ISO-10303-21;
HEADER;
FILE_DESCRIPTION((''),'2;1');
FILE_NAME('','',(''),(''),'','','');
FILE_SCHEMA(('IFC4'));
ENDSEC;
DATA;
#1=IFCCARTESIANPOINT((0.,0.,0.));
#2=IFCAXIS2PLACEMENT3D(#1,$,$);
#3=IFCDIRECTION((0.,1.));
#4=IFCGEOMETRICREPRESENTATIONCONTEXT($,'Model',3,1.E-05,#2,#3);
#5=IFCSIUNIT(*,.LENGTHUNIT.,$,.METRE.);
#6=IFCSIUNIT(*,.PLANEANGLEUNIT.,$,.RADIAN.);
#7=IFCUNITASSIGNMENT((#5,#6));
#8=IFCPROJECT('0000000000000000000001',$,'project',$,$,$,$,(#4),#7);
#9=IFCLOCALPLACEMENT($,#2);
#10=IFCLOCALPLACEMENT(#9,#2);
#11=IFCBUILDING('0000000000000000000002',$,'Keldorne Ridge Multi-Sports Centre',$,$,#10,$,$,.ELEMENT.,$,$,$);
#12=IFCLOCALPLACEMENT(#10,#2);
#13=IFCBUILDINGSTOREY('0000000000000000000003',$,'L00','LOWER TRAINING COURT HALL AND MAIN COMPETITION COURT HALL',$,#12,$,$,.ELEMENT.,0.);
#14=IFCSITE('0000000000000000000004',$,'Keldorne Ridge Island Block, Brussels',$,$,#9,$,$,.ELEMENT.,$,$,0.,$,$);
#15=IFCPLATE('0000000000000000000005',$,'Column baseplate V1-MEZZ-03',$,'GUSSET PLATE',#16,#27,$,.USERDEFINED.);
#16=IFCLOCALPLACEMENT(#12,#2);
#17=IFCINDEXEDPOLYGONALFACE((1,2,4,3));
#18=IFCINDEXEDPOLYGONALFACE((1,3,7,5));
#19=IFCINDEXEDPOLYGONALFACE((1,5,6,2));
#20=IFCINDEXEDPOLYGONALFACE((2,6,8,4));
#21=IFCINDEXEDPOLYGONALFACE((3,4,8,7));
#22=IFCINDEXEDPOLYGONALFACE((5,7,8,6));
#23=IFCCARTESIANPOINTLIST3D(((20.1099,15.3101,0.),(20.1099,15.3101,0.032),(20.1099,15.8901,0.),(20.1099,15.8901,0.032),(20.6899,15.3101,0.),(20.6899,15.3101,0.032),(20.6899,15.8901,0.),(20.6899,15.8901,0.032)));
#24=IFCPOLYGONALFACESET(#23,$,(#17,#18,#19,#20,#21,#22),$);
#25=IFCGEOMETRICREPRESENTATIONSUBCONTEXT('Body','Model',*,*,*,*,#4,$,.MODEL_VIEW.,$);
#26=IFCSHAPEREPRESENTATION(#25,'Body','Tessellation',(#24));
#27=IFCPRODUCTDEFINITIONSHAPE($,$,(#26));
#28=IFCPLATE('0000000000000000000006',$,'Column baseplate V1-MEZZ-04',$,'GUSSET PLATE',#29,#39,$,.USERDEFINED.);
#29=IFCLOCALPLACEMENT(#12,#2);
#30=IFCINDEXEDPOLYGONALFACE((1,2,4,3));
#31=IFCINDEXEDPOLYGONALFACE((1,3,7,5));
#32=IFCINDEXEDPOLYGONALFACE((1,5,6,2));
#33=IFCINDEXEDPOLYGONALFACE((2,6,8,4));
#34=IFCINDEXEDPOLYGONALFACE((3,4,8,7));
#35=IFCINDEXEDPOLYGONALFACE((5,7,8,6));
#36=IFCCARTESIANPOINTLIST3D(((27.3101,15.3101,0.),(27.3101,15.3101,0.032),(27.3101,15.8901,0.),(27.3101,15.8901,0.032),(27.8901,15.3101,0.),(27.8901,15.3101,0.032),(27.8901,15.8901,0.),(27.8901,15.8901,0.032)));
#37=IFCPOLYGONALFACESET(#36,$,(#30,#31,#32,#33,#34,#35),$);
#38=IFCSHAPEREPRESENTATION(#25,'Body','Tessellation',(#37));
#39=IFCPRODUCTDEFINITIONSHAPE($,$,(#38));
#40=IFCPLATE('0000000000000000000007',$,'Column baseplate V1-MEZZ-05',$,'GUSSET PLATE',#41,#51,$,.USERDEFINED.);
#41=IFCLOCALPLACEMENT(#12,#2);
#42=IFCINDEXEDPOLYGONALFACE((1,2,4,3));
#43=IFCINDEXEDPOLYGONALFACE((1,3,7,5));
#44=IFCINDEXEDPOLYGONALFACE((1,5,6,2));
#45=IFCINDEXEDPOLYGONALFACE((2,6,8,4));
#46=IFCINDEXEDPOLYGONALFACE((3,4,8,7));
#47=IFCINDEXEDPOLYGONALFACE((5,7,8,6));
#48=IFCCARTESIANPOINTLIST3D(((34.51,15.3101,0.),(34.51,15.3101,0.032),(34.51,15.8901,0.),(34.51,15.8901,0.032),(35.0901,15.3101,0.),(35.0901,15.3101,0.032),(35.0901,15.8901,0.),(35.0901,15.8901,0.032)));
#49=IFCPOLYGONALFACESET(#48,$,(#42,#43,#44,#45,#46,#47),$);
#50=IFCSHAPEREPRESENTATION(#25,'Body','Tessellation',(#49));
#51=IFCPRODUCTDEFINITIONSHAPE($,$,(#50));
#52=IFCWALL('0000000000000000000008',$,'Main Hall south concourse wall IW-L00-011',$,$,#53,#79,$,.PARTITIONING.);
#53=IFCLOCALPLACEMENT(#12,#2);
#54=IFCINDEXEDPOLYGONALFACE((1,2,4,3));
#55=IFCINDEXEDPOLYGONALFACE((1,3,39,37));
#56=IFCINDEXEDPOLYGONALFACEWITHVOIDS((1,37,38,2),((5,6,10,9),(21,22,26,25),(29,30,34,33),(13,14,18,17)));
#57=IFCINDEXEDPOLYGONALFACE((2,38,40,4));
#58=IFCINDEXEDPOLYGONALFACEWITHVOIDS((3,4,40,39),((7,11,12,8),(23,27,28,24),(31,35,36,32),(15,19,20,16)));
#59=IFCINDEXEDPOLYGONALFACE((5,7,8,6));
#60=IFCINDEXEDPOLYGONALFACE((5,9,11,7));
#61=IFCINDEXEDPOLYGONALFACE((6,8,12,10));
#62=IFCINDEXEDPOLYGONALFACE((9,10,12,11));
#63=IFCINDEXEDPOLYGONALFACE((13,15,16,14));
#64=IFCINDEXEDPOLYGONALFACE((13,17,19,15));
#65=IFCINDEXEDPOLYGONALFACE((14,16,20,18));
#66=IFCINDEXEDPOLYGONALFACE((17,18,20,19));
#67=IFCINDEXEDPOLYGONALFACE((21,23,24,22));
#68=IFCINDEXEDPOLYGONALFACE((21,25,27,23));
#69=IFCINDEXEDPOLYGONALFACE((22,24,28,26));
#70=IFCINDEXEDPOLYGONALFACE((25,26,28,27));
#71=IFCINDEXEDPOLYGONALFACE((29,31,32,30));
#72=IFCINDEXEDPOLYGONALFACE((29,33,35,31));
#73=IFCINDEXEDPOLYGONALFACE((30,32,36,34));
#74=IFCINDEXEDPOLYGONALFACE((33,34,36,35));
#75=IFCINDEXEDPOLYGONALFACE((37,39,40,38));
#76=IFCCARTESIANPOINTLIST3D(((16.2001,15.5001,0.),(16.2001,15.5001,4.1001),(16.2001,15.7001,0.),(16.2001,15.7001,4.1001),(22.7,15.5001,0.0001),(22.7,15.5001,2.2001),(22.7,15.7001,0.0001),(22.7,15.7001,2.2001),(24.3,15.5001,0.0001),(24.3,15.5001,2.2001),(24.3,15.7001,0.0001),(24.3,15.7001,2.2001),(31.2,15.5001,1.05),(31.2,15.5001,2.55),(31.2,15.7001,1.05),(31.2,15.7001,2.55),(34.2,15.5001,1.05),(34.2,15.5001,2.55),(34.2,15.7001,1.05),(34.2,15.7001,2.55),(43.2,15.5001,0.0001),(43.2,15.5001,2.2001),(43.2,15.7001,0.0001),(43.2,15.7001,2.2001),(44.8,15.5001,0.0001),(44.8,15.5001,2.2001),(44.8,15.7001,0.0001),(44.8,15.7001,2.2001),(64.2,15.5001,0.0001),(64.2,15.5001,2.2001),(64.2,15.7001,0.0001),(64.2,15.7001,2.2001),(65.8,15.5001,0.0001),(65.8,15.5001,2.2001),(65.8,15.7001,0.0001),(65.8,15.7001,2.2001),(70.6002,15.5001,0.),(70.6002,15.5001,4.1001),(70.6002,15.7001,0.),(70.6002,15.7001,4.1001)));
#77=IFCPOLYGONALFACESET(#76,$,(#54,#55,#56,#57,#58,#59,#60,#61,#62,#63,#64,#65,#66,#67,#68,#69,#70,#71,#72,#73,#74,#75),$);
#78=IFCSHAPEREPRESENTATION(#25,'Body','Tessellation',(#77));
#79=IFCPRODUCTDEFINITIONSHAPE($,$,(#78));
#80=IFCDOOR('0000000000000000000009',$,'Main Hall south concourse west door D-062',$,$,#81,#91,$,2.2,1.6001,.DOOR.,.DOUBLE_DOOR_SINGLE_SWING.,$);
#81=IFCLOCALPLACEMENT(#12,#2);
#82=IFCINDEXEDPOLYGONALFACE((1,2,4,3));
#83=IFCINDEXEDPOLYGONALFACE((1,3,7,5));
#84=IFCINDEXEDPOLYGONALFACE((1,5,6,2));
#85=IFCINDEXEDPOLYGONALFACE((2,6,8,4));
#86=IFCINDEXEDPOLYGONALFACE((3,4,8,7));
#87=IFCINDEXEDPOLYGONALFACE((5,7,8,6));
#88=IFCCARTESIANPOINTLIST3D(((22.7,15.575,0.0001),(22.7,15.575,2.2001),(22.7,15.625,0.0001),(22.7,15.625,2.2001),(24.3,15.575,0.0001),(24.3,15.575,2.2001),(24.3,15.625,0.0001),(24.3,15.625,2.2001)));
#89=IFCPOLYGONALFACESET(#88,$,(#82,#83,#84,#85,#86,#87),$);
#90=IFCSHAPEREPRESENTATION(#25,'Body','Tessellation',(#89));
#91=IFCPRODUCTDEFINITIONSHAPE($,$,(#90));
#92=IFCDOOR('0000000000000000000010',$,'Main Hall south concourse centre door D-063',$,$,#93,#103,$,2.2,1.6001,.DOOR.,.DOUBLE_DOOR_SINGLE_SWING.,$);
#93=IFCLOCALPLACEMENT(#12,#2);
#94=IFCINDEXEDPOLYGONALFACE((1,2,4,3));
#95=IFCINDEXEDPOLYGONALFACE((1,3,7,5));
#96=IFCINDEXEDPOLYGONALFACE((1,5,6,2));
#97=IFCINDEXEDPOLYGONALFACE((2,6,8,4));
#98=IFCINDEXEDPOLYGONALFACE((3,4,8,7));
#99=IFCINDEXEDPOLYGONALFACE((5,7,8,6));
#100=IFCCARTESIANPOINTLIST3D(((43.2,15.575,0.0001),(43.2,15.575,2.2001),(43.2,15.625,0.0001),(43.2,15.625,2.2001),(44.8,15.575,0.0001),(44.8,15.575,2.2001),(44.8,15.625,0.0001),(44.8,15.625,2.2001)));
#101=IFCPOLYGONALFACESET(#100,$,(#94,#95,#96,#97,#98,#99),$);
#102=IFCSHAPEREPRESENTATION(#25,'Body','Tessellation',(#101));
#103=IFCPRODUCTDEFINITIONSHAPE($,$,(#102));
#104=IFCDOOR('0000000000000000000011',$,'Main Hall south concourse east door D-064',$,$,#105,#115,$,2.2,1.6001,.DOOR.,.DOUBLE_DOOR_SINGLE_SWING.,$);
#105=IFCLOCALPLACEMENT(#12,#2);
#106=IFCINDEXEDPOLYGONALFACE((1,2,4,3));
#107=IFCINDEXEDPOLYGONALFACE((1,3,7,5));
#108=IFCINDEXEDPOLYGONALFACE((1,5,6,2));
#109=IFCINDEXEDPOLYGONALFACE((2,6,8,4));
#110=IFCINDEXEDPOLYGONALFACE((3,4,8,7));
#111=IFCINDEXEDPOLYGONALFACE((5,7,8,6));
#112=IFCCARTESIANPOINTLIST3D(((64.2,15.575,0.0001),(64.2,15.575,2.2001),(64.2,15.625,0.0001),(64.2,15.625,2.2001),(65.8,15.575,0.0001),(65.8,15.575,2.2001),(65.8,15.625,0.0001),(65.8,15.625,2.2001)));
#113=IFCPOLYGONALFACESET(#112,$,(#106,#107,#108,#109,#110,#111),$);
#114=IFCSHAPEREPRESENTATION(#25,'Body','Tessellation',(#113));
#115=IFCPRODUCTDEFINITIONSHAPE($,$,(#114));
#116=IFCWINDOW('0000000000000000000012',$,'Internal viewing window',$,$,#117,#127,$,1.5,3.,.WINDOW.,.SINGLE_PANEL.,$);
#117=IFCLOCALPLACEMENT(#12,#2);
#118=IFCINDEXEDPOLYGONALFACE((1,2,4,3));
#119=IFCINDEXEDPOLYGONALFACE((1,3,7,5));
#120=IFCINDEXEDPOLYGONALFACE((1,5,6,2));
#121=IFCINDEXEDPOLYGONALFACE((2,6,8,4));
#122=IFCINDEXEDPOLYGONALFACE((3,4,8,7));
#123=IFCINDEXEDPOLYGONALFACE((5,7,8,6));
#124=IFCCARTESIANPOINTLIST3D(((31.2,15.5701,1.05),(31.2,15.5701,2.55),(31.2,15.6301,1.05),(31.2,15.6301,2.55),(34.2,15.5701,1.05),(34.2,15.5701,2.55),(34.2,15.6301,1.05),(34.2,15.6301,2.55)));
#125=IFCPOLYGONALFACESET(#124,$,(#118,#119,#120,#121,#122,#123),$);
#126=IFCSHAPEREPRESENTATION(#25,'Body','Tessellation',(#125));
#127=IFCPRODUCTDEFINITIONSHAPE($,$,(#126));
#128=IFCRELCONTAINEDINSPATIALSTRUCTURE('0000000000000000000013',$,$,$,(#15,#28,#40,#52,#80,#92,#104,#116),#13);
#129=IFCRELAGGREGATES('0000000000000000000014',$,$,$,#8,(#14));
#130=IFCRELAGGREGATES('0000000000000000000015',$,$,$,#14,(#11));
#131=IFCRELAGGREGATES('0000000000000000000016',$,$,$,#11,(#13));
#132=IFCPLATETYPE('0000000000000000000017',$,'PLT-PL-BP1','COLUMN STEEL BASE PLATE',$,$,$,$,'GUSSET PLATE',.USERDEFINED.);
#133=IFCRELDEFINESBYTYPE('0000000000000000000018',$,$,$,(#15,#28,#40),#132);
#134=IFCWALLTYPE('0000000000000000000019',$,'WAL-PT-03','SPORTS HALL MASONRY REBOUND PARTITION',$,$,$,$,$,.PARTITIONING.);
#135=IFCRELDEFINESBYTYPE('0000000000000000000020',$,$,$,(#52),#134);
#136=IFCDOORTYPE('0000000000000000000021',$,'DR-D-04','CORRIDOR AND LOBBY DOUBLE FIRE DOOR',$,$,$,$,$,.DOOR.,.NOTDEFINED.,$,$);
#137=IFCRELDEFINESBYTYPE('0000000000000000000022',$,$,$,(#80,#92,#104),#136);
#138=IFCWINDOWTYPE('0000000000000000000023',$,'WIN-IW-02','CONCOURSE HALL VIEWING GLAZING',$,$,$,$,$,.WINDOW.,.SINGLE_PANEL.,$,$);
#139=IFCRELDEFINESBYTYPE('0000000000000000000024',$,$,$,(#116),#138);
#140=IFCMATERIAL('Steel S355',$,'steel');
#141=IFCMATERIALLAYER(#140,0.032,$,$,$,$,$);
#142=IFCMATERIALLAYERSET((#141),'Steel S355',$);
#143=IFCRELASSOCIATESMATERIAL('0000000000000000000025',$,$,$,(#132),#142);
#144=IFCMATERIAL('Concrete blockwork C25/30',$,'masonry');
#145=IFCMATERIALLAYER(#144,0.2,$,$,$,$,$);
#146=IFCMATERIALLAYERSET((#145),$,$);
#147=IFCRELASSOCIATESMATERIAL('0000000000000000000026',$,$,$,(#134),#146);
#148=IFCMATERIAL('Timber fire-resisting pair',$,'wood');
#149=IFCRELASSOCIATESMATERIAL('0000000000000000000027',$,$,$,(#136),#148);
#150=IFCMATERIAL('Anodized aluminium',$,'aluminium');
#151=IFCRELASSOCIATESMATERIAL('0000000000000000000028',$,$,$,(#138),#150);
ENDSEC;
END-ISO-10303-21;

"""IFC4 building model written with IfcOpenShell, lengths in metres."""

from ifc_helpers import new_model, si_unit, direction, frame, frame_2d, origin, origin_2d, place, context, subcontext, project, spatial, rectangle, extrude, material, layer, layer_set, type_object, element, fill, save


model = new_model("IFC4")

# Units and contexts
model_context = context("Model", 3, precision=1e-05, world=origin(), true_north=direction((0.0, 1.0)))
body_context = subcontext(model_context, "Body", "Model", "MODEL_VIEW")
ifc_project = project(units=[si_unit("LENGTHUNIT", "METRE"), si_unit("PLANEANGLEUNIT", "RADIAN")], contexts=[model_context])

# Site, building, storey
site_placement = place(None, origin())
site = spatial("IfcSite", under=ifc_project, at=site_placement, Name="Keldorne Ridge Island Block, Brussels", CompositionType="ELEMENT", RefElevation=0.0)
building_placement = place(site_placement, origin())
building = spatial("IfcBuilding", under=site, at=building_placement, Name="Keldorne Ridge Multi-Sports Centre", CompositionType="ELEMENT")
storey_placement = place(building_placement, origin())
storey = spatial("IfcBuildingStorey", under=building, at=storey_placement, Name="L00", Description="LOWER TRAINING COURT HALL AND MAIN COMPETITION COURT HALL", CompositionType="ELEMENT", Elevation=0.0)

# Shared definitions
ifc_material_1 = material(Name="Steel S355", Category="steel")

# Plates
ifc_layer_1 = layer(ifc_material_1, 0.032)
ifc_layer_set_1 = layer_set([ifc_layer_1], Name="Steel S355")
plate_type = type_object("IfcPlateType", Name="PLT-PL-BP1", Description="COLUMN STEEL BASE PLATE", ElementType="GUSSET PLATE", PredefinedType="USERDEFINED", material=ifc_layer_set_1)
for number, where, z_axis, x_axis, name in (
    (1, (20.3999, 15.6001, 0.0), (0.0, 0.0, 1.0), (1.0, 0.0, 0.0), "Column baseplate V1-MEZZ-03"),
    (2, (27.6001, 15.6001, 0.0), (0.0, 0.0, 1.0), (1.0, 0.0, 0.0), "Column baseplate V1-MEZZ-04"),
    (3, (34.8, 15.6001, 0.0), (0.0, 0.0, 1.0), (1.0, 0.0, 0.0), "Column baseplate V1-MEZZ-05"),
):
    element("IfcPlate", number, at=place(storey_placement, frame(where, z_axis=z_axis, x_axis=x_axis)), inside=storey, type_object=plate_type, Name=name, ObjectType="GUSSET PLATE", PredefinedType="USERDEFINED", context=body_context, shape_type="SweptSolid", body=[
        extrude(rectangle(XDim=0.5801, YDim=0.5801, at=origin_2d()), origin(), (0.0, 0.0, 1.0), 0.032),
    ])

# Wall, openings, doors, window
ifc_material_2 = material(Name="Concrete blockwork C25/30", Category="masonry")
ifc_layer_2 = layer(ifc_material_2, 0.2)
ifc_layer_set_2 = layer_set([ifc_layer_2])
wall_type = type_object("IfcWallType", Name="WAL-PT-03", Description="SPORTS HALL MASONRY REBOUND PARTITION", PredefinedType="PARTITIONING", material=ifc_layer_set_2)
wall_placement = place(storey_placement, frame((16.2, 15.6001, 0.0), z_axis=(0.0, 0.0, 1.0), x_axis=(1.0, 0.0, 0.0)))
wall = element("IfcWall", 4, at=wall_placement, inside=storey, type_object=wall_type, Name="Main Hall south concourse wall IW-L00-011", PredefinedType="PARTITIONING", context=body_context, shape_type="SweptSolid", body=[
    extrude(rectangle(XDim=54.4001, YDim=0.2, at=frame_2d((27.2002, 0.0))), origin(), (0.0, 0.0, 1.0), 4.1001),
])
opening_1_placement = place(wall_placement, frame((6.5, 0.0, 0.0)))
opening_1 = element("IfcOpeningElement", 5, at=opening_1_placement, cuts=wall, PredefinedType="OPENING", context=body_context, shape_type="SweptSolid", body=[
    extrude(rectangle(XDim=1.6001, YDim=2.2, at=frame_2d((0.8, 1.1001))), frame((0.0, 0.1099, 0.0), z_axis=(0.0, -1.0, 0.0), x_axis=(1.0, 0.0, 0.0)), (0.0, 0.0, 1.0), 0.22),
])
opening_2_placement = place(wall_placement, frame((27.0, 0.0, 0.0)))
opening_2 = element("IfcOpeningElement", 6, at=opening_2_placement, cuts=wall, PredefinedType="OPENING", context=body_context, shape_type="SweptSolid", body=[
    extrude(rectangle(XDim=1.6001, YDim=2.2, at=frame_2d((0.8, 1.1001))), frame((0.0, 0.1099, 0.0), z_axis=(0.0, -1.0, 0.0), x_axis=(1.0, 0.0, 0.0)), (0.0, 0.0, 1.0), 0.22),
])
opening_3_placement = place(wall_placement, frame((48.0, 0.0, 0.0)))
opening_3 = element("IfcOpeningElement", 7, at=opening_3_placement, cuts=wall, PredefinedType="OPENING", context=body_context, shape_type="SweptSolid", body=[
    extrude(rectangle(XDim=1.6001, YDim=2.2, at=frame_2d((0.8, 1.1001))), frame((0.0, 0.1099, 0.0), z_axis=(0.0, -1.0, 0.0), x_axis=(1.0, 0.0, 0.0)), (0.0, 0.0, 1.0), 0.22),
])
opening_4_placement = place(wall_placement, frame((15.0, 0.0, 1.05)))
opening_4 = element("IfcOpeningElement", 8, at=opening_4_placement, cuts=wall, PredefinedType="OPENING", context=body_context, shape_type="SweptSolid", body=[
    extrude(rectangle(XDim=3.0, YDim=1.5, at=frame_2d((1.5, 0.75))), frame((0.0, 0.1099, 0.0), z_axis=(0.0, -1.0, 0.0), x_axis=(1.0, 0.0, 0.0)), (0.0, 0.0, 1.0), 0.22),
])
ifc_material_3 = material(Name="Timber fire-resisting pair", Category="wood")
door_type = type_object("IfcDoorType", Name="DR-D-04", Description="CORRIDOR AND LOBBY DOUBLE FIRE DOOR", OperationType="NOTDEFINED", PredefinedType="DOOR", material=ifc_material_3)
door_1_placement = place(opening_1_placement, origin())
door_1 = element("IfcDoor", 9, at=door_1_placement, inside=storey, type_object=door_type, Name="Main Hall south concourse west door D-062", OperationType="DOUBLE_DOOR_SINGLE_SWING", OverallHeight=2.2, OverallWidth=1.6001, PredefinedType="DOOR", context=body_context, shape_type="SweptSolid", body=[
    extrude(rectangle(XDim=1.6001, YDim=2.2, at=frame_2d((0.8, 1.1001))), frame((0.0, 0.0249, 0.0), z_axis=(0.0, -1.0, 0.0), x_axis=(1.0, 0.0, 0.0)), (0.0, 0.0, 1.0), 0.05),
])
fill(opening_1, door_1)
door_2_placement = place(opening_2_placement, origin())
door_2 = element("IfcDoor", 10, at=door_2_placement, inside=storey, type_object=door_type, Name="Main Hall south concourse centre door D-063", OperationType="DOUBLE_DOOR_SINGLE_SWING", OverallHeight=2.2, OverallWidth=1.6001, PredefinedType="DOOR", context=body_context, shape_type="SweptSolid", body=[
    extrude(rectangle(XDim=1.6001, YDim=2.2, at=frame_2d((0.8, 1.1001))), frame((0.0, 0.0249, 0.0), z_axis=(0.0, -1.0, 0.0), x_axis=(1.0, 0.0, 0.0)), (0.0, 0.0, 1.0), 0.05),
])
fill(opening_2, door_2)
door_3_placement = place(opening_3_placement, origin())
door_3 = element("IfcDoor", 11, at=door_3_placement, inside=storey, type_object=door_type, Name="Main Hall south concourse east door D-064", OperationType="DOUBLE_DOOR_SINGLE_SWING", OverallHeight=2.2, OverallWidth=1.6001, PredefinedType="DOOR", context=body_context, shape_type="SweptSolid", body=[
    extrude(rectangle(XDim=1.6001, YDim=2.2, at=frame_2d((0.8, 1.1001))), frame((0.0, 0.0249, 0.0), z_axis=(0.0, -1.0, 0.0), x_axis=(1.0, 0.0, 0.0)), (0.0, 0.0, 1.0), 0.05),
])
fill(opening_3, door_3)
ifc_material_4 = material(Name="Anodized aluminium", Category="aluminium")
window_type = type_object("IfcWindowType", Name="WIN-IW-02", Description="CONCOURSE HALL VIEWING GLAZING", PartitioningType="SINGLE_PANEL", PredefinedType="WINDOW", material=ifc_material_4)
window_placement = place(opening_4_placement, origin())
window = element("IfcWindow", 12, at=window_placement, inside=storey, type_object=window_type, Name="Internal viewing window", OverallHeight=1.5, OverallWidth=3.0, PartitioningType="SINGLE_PANEL", PredefinedType="WINDOW", context=body_context, shape_type="SweptSolid", body=[
    extrude(rectangle(XDim=3.0, YDim=1.5, at=frame_2d((1.5, 0.75))), frame((0.0, 0.03, 0.0), z_axis=(0.0, -1.0, 0.0), x_axis=(1.0, 0.0, 0.0)), (0.0, 0.0, 1.0), 0.0601),
])
fill(opening_4, window)

save(model, "model.ifc")
